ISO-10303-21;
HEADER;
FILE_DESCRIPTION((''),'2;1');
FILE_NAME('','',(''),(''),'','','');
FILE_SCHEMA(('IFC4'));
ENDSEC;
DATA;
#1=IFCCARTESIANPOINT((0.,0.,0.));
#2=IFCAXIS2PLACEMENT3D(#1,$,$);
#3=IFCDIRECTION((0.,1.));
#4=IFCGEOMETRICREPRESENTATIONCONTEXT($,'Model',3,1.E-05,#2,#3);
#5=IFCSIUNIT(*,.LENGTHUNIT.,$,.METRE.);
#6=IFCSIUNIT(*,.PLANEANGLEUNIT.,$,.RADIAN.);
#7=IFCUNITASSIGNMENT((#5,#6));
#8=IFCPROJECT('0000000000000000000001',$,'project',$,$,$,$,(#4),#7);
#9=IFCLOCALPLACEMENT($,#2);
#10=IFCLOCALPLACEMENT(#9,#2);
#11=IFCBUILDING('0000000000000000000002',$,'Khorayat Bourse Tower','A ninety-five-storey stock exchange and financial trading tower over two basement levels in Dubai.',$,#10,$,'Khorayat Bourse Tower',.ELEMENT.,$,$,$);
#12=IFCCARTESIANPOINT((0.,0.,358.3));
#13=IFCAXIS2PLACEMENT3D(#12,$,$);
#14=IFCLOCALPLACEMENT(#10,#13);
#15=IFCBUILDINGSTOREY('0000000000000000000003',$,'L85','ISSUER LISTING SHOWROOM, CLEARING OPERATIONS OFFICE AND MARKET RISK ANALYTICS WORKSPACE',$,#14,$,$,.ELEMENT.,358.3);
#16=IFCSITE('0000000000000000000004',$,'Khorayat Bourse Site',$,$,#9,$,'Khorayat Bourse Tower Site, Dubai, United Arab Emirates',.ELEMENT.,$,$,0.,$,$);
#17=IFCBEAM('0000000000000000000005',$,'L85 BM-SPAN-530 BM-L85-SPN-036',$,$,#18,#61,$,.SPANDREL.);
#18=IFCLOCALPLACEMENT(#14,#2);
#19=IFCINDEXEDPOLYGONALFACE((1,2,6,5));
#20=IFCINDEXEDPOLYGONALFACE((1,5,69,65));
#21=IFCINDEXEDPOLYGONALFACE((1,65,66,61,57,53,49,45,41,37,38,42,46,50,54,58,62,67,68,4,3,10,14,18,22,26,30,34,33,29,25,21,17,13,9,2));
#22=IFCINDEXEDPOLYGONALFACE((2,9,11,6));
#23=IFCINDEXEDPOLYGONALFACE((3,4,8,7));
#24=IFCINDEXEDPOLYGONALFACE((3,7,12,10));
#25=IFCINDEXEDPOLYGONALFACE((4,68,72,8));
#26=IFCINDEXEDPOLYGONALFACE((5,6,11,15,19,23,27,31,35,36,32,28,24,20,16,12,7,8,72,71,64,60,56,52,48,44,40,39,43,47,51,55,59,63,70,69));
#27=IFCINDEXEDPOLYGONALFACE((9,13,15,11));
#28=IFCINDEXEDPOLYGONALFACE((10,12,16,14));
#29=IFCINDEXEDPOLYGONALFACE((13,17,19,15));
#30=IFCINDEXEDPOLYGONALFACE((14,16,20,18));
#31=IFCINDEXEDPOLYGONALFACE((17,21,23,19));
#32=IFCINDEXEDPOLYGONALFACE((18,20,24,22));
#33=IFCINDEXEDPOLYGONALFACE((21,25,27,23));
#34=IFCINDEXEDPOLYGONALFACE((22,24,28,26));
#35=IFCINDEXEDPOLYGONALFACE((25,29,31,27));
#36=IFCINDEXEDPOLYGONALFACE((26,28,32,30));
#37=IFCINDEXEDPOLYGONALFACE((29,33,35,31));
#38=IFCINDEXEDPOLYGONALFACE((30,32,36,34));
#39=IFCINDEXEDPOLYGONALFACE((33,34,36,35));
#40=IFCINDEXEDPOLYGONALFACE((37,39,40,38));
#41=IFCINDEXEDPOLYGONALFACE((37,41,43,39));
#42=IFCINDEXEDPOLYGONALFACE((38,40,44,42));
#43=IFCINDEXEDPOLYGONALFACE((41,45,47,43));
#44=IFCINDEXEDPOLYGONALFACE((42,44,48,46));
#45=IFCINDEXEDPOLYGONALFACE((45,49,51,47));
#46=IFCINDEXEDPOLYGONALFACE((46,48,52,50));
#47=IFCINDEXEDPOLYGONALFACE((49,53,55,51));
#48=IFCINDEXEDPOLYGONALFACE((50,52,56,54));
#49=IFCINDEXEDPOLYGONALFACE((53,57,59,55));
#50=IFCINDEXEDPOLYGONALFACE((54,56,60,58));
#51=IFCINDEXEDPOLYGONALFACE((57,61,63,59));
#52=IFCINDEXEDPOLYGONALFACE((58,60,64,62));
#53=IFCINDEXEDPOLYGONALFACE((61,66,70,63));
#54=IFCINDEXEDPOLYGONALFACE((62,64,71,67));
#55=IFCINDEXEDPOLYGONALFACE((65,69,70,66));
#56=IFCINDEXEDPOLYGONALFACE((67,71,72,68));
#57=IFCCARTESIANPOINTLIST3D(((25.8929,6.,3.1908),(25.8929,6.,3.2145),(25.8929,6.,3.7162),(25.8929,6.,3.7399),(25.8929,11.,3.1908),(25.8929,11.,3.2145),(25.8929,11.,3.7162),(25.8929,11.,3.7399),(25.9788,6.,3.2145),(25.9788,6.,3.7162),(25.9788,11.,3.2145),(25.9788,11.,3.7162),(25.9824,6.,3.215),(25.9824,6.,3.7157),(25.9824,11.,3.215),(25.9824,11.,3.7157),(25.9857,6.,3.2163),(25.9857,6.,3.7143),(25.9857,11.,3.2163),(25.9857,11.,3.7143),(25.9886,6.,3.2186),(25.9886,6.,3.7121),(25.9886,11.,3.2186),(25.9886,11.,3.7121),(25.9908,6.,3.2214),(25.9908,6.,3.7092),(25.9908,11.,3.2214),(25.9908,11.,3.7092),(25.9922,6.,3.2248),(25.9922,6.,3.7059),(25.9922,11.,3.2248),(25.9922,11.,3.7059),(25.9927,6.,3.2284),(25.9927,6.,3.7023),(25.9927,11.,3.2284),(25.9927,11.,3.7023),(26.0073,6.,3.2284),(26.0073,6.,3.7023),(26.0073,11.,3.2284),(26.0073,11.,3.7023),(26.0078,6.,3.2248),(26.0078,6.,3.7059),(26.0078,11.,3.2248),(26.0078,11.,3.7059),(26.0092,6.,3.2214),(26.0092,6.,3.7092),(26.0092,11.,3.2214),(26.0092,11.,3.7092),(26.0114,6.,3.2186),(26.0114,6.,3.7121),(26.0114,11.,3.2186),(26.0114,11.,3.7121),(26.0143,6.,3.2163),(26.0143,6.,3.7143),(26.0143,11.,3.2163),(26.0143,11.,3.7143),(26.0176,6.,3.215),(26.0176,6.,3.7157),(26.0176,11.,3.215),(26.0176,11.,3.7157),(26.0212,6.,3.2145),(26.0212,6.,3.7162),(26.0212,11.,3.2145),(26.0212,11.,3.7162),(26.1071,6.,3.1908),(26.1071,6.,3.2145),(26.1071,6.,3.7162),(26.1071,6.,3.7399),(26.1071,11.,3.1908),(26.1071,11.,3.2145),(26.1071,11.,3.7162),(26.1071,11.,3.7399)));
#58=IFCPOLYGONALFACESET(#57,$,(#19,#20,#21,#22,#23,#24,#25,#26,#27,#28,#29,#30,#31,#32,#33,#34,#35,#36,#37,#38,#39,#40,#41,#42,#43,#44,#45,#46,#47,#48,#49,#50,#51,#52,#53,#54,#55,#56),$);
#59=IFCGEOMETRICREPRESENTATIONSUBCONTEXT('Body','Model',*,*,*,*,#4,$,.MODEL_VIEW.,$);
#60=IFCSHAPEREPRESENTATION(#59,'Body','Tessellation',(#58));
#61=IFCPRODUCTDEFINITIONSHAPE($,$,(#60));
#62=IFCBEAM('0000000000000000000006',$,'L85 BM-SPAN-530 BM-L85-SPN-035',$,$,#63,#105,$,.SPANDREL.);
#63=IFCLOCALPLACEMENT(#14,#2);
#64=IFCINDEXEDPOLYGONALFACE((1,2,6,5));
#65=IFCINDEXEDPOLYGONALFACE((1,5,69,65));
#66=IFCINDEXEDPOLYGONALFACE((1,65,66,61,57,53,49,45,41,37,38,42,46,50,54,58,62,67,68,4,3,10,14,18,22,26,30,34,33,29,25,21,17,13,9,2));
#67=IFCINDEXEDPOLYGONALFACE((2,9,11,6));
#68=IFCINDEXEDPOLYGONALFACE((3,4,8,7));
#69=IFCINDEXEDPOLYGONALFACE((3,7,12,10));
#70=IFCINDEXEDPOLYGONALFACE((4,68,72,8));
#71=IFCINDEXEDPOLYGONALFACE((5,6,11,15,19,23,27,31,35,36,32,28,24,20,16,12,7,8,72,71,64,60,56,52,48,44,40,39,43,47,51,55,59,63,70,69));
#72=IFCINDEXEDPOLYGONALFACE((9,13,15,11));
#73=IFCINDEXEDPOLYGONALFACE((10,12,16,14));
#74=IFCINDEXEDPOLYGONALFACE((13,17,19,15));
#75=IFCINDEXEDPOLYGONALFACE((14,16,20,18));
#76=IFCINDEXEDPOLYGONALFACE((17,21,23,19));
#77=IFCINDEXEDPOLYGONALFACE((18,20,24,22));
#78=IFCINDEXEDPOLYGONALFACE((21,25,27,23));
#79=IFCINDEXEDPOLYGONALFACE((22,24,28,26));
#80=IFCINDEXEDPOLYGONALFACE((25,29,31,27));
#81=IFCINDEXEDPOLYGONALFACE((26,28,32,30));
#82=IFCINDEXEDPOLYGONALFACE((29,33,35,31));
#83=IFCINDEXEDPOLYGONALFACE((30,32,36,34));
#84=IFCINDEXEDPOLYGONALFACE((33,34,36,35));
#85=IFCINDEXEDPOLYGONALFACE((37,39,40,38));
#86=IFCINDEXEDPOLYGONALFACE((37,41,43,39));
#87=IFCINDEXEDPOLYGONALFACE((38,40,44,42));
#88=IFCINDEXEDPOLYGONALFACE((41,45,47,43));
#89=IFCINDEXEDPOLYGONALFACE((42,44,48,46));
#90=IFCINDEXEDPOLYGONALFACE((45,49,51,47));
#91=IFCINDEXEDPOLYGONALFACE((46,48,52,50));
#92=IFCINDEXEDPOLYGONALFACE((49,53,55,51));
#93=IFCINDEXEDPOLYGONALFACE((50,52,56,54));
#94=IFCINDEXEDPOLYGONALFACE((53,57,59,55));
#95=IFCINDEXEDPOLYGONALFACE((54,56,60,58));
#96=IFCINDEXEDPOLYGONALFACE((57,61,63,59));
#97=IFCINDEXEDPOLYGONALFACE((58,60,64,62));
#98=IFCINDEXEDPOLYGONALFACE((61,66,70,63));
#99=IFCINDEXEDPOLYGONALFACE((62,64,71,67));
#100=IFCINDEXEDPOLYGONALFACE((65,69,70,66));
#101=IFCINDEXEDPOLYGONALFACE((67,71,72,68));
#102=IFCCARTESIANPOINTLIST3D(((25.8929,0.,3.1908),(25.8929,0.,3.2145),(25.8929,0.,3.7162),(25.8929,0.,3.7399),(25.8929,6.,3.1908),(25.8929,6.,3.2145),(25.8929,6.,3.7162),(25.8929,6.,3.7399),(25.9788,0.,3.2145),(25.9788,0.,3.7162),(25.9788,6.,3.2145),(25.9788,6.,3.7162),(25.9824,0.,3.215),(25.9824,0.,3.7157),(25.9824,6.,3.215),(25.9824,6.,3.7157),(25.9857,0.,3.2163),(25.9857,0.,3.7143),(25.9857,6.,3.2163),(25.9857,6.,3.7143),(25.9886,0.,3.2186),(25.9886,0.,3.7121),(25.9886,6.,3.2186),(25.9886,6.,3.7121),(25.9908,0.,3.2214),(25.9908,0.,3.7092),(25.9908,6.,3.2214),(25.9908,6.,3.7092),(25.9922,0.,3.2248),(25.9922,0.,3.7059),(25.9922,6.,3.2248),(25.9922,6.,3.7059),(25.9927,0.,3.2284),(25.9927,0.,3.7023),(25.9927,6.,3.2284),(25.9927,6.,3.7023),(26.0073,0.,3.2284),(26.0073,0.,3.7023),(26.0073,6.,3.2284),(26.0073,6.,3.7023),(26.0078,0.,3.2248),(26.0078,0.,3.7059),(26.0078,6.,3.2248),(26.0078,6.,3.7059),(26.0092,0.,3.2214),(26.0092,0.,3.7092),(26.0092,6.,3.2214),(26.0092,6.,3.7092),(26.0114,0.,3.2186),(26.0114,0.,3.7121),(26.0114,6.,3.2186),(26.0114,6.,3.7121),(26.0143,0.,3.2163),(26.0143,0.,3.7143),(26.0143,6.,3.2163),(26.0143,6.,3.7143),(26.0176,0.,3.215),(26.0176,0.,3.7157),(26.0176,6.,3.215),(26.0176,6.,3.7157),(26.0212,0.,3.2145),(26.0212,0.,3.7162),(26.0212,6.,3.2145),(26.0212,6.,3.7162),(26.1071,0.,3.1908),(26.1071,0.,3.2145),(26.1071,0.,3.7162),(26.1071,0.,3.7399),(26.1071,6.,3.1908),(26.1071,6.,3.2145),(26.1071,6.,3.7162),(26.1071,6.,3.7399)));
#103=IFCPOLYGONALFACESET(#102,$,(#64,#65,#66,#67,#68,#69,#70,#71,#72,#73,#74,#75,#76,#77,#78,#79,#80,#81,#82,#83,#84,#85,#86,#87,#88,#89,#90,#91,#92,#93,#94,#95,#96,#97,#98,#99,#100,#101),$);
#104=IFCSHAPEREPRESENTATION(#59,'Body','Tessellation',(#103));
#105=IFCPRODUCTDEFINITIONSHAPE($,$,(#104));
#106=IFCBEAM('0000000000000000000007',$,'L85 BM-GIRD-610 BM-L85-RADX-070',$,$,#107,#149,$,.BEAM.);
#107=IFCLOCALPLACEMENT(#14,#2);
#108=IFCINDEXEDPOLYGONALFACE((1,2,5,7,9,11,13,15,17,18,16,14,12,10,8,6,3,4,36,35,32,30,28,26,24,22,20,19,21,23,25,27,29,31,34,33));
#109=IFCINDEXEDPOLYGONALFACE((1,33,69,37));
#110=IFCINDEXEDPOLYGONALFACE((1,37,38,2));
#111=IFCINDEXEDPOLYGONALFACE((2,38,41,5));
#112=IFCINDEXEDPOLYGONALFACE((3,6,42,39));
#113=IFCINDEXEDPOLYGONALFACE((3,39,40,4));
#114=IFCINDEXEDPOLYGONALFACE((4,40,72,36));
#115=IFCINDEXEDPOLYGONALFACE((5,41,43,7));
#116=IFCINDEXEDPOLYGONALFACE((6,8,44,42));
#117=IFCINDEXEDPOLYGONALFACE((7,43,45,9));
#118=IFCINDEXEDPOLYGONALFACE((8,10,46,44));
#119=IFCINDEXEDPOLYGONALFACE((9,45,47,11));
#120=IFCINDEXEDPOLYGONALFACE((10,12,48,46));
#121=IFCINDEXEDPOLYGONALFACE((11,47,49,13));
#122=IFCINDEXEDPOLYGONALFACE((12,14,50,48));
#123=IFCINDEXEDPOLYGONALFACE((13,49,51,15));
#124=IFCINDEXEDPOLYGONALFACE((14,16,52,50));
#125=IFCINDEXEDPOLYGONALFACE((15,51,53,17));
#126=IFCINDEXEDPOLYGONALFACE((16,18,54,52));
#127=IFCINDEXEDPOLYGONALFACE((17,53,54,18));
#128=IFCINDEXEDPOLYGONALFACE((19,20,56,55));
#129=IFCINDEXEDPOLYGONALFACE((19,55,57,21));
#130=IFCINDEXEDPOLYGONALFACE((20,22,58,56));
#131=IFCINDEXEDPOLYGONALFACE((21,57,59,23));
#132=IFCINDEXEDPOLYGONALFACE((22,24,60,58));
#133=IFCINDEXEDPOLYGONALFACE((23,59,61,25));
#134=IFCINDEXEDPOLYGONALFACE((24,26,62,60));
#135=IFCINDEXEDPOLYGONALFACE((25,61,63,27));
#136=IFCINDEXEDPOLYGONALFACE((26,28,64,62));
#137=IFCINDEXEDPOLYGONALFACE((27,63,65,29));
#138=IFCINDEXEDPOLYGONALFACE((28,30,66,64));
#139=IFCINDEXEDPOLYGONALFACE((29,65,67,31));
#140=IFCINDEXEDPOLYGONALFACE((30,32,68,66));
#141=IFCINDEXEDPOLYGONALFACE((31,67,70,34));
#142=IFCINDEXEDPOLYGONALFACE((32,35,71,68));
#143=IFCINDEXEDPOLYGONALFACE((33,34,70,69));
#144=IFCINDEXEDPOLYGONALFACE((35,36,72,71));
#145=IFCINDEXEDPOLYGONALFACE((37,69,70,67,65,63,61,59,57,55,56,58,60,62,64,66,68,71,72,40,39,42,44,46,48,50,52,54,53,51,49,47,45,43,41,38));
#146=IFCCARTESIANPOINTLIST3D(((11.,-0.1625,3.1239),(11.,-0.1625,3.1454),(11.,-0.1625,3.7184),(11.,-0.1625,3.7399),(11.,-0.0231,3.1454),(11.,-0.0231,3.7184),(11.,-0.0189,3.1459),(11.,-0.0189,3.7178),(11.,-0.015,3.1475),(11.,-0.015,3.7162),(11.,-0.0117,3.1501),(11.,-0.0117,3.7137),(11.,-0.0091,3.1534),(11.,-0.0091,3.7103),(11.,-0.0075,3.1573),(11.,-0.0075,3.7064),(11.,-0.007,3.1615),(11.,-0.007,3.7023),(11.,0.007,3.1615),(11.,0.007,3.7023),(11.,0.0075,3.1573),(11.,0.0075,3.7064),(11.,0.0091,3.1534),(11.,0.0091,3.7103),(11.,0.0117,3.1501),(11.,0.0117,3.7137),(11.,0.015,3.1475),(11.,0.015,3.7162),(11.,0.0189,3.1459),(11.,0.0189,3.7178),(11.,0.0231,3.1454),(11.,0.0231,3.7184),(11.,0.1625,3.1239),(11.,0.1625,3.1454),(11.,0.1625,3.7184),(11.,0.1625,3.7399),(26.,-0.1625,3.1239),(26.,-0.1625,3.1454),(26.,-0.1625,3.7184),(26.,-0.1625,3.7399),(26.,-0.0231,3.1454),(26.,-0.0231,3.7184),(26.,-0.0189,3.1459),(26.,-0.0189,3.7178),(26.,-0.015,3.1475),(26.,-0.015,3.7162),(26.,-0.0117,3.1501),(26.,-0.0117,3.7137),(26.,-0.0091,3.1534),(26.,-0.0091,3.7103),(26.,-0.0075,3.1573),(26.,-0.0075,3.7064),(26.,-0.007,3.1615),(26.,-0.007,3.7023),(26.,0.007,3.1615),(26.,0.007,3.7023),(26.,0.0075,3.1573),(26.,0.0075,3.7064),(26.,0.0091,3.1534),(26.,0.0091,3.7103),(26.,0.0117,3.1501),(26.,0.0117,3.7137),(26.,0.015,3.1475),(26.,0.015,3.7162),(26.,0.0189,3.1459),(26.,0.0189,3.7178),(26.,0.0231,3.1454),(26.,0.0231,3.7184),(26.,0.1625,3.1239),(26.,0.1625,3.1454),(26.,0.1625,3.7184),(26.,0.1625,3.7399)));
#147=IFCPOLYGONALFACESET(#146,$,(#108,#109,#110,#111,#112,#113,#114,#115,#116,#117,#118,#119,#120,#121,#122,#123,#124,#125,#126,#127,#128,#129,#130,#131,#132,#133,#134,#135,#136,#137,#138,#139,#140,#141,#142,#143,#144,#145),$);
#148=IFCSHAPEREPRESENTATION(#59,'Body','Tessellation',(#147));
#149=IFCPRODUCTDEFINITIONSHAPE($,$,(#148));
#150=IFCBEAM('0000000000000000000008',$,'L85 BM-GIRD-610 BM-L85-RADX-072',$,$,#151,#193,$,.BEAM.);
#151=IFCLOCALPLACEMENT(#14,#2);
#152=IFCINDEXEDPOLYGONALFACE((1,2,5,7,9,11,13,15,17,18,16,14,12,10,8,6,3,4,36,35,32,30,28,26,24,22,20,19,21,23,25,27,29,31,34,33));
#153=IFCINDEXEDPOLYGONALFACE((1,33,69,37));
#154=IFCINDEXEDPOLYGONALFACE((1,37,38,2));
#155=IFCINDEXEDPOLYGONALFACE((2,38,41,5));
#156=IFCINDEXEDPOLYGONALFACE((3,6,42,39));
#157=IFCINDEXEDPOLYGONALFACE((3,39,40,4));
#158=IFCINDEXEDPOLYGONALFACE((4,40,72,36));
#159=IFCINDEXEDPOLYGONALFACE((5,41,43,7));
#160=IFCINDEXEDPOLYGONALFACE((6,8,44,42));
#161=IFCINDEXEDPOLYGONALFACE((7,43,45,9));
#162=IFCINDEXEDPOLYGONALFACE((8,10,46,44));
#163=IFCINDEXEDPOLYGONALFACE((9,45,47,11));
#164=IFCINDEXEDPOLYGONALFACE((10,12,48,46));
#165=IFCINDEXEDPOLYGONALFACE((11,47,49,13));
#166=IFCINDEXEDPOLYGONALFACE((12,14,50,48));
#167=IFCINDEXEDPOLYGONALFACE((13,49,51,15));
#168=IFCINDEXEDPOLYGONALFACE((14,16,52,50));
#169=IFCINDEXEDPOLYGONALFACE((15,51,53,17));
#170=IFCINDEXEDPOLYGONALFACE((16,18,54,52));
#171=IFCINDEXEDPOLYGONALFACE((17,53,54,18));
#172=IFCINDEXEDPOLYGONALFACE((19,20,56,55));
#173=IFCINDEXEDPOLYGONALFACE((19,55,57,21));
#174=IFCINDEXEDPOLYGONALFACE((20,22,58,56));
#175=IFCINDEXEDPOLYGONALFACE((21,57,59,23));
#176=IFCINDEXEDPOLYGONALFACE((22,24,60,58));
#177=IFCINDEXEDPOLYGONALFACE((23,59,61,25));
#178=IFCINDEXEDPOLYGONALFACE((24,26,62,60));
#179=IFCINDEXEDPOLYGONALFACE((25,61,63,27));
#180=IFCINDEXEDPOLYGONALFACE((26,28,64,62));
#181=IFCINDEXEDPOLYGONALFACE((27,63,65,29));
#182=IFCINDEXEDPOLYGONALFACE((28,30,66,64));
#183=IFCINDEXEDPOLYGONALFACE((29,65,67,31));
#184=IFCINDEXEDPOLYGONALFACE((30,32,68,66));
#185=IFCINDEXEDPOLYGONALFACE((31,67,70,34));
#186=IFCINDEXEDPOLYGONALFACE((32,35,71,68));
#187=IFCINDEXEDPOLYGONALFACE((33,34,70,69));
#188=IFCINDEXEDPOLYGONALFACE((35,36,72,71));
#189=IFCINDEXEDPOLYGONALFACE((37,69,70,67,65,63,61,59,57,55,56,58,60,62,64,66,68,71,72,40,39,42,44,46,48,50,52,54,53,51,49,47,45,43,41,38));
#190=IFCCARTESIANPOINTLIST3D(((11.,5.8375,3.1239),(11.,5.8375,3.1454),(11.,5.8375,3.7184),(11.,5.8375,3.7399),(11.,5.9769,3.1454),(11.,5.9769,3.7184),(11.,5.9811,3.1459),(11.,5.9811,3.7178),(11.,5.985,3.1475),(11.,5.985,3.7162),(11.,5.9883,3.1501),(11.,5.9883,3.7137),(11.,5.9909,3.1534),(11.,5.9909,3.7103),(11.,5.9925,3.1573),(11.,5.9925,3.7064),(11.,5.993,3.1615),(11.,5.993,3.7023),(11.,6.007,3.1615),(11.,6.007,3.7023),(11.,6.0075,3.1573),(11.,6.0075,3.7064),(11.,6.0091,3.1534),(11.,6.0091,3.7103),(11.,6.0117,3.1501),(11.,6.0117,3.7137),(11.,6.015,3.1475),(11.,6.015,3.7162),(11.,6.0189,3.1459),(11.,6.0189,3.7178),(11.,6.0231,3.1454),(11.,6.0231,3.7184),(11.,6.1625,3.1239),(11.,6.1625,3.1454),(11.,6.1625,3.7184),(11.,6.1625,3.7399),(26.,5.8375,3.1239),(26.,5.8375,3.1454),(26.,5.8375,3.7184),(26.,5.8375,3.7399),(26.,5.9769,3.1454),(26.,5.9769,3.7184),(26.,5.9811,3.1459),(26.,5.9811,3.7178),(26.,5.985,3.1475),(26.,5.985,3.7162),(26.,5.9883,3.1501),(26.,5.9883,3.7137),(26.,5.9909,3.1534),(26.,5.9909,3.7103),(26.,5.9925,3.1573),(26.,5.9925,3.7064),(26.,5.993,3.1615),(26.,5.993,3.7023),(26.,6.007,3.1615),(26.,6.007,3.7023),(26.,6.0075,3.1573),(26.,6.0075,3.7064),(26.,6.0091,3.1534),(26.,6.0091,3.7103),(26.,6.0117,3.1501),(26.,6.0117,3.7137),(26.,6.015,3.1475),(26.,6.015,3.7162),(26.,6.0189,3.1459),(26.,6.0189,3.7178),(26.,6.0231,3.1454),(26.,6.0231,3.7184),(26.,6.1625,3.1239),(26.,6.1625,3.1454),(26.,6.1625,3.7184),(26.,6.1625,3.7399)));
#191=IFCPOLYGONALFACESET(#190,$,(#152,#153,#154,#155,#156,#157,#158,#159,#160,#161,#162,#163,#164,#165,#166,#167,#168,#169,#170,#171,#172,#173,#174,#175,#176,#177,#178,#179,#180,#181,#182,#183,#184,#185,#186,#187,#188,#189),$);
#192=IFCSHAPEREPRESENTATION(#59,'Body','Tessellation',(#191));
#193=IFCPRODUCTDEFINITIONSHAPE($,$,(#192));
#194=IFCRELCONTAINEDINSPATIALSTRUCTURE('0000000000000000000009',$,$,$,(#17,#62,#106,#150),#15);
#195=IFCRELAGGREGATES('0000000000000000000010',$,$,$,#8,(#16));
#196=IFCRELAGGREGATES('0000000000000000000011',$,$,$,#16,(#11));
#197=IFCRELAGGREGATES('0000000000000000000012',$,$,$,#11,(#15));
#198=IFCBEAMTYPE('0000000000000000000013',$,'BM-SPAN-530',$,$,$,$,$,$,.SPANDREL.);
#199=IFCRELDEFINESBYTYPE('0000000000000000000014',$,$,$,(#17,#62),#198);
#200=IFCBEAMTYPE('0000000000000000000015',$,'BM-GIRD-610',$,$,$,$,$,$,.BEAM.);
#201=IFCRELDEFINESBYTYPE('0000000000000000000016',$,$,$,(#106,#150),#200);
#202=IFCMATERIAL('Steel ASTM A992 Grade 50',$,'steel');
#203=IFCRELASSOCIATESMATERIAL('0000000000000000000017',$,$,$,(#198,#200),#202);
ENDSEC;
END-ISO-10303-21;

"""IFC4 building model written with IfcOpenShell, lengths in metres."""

from ifc_helpers import new_model, si_unit, direction, frame, origin, origin_2d, place, context, subcontext, project, spatial, i_section, extrude, source, transform, mapped, material, material_profile, profile_set, type_object, element, save


model = new_model("IFC4")

# Units and contexts
model_context = context("Model", 3, precision=1e-05, world=origin(), true_north=direction((0.0, 1.0)))
body_context = subcontext(model_context, "Body", "Model", "MODEL_VIEW")
ifc_project = project(units=[si_unit("LENGTHUNIT", "METRE"), si_unit("PLANEANGLEUNIT", "RADIAN")], contexts=[model_context])

# Site, building, storey
site_placement = place(None, origin())
site = spatial("IfcSite", under=ifc_project, at=site_placement, Name="Khorayat Bourse Site", LongName="Khorayat Bourse Tower Site, Dubai, United Arab Emirates", CompositionType="ELEMENT", RefElevation=0.0)
building_placement = place(site_placement, origin())
building = spatial("IfcBuilding", under=site, at=building_placement, Name="Khorayat Bourse Tower", Description="A ninety-five-storey stock exchange and financial trading tower over two basement levels in Dubai.", LongName="Khorayat Bourse Tower", CompositionType="ELEMENT")
storey_placement = place(building_placement, frame((0.0, 0.0, 358.3)))
storey = spatial("IfcBuildingStorey", under=building, at=storey_placement, Name="L85", Description="ISSUER LISTING SHOWROOM, CLEARING OPERATIONS OFFICE AND MARKET RISK ANALYTICS WORKSPACE", CompositionType="ELEMENT", Elevation=358.3)

# Beams
ifc_material_1 = material(Name="Steel ASTM A992 Grade 50", Category="steel")
ifc_material_profile_1 = material_profile(ifc_material_1, i_section(OverallWidth=0.2141, OverallDepth=0.5491, WebThickness=0.0146, FlangeThickness=0.0237, FilletRadius=0.0139, at=origin_2d()), Name="W530X138")
ifc_profile_set_1 = profile_set([ifc_material_profile_1], Name="Steel ASTM A992 Grade 50")
beam_type_1 = type_object("IfcBeamType", Name="BM-SPAN-530", PredefinedType="SPANDREL", material=ifc_profile_set_1)
shared_shape_1 = source(origin(), body_context, "Body", "SweptSolid", [
    extrude(i_section(OverallWidth=0.2141, OverallDepth=0.5491, WebThickness=0.0146, FlangeThickness=0.0237, FilletRadius=0.0139, at=origin_2d()), origin(), (0.0, 0.0, 1.0), 5.0),
])
beam_1_placement = place(storey_placement, frame((26.0, 6.0, 3.4653), z_axis=(0.0, 1.0, 0.0), x_axis=(-1.0, 0.0, 0.0)))
element("IfcBeam", 1, at=beam_1_placement, inside=storey, type_object=beam_type_1, Name="L85 BM-SPAN-530 BM-L85-SPN-036", PredefinedType="SPANDREL", context=body_context, shape_type="MappedRepresentation", body=[
    mapped(shared_shape_1, transform((0.0, 0.0, 0.0), scale=1.0)),
])
shared_shape_2 = source(origin(), body_context, "Body", "SweptSolid", [
    extrude(i_section(OverallWidth=0.2141, OverallDepth=0.5491, WebThickness=0.0146, FlangeThickness=0.0237, FilletRadius=0.0139, at=origin_2d()), origin(), (0.0, 0.0, 1.0), 6.0),
])
beam_2_placement = place(storey_placement, frame((26.0, 0.0, 3.4653), z_axis=(0.0, 1.0, 0.0), x_axis=(-1.0, 0.0, 0.0)))
element("IfcBeam", 2, at=beam_2_placement, inside=storey, type_object=beam_type_1, Name="L85 BM-SPAN-530 BM-L85-SPN-035", PredefinedType="SPANDREL", context=body_context, shape_type="MappedRepresentation", body=[
    mapped(shared_shape_2, transform((0.0, 0.0, 0.0), scale=1.0)),
])
ifc_material_profile_2 = material_profile(ifc_material_1, i_section(OverallWidth=0.325, OverallDepth=0.616, WebThickness=0.0139, FlangeThickness=0.0215, FilletRadius=0.0161, at=origin_2d()), Name="W610X174")
ifc_profile_set_2 = profile_set([ifc_material_profile_2], Name="Steel ASTM A992 Grade 50")
beam_type_2 = type_object("IfcBeamType", Name="BM-GIRD-610", PredefinedType="BEAM", material=ifc_profile_set_2)
shared_shape_3 = source(origin(), body_context, "Body", "SweptSolid", [
    extrude(i_section(OverallWidth=0.325, OverallDepth=0.616, WebThickness=0.0139, FlangeThickness=0.0215, FilletRadius=0.0161, at=origin_2d()), origin(), (0.0, 0.0, 1.0), 15.0),
])
for number, where, z_axis, x_axis, name in (
    (3, (11.0, 0.0, 3.4319), (1.0, 0.0, 0.0), (0.0, 1.0, 0.0), "L85 BM-GIRD-610 BM-L85-RADX-070"),
    (4, (11.0, 6.0, 3.4319), (1.0, 0.0, 0.0), (0.0, 1.0, 0.0), "L85 BM-GIRD-610 BM-L85-RADX-072"),
):
    element("IfcBeam", number, at=place(storey_placement, frame(where, z_axis=z_axis, x_axis=x_axis)), inside=storey, type_object=beam_type_2, Name=name, PredefinedType="BEAM", context=body_context, shape_type="MappedRepresentation", body=[
        mapped(shared_shape_3, transform((0.0, 0.0, 0.0), scale=1.0)),
    ])

save(model, "model.ifc")
